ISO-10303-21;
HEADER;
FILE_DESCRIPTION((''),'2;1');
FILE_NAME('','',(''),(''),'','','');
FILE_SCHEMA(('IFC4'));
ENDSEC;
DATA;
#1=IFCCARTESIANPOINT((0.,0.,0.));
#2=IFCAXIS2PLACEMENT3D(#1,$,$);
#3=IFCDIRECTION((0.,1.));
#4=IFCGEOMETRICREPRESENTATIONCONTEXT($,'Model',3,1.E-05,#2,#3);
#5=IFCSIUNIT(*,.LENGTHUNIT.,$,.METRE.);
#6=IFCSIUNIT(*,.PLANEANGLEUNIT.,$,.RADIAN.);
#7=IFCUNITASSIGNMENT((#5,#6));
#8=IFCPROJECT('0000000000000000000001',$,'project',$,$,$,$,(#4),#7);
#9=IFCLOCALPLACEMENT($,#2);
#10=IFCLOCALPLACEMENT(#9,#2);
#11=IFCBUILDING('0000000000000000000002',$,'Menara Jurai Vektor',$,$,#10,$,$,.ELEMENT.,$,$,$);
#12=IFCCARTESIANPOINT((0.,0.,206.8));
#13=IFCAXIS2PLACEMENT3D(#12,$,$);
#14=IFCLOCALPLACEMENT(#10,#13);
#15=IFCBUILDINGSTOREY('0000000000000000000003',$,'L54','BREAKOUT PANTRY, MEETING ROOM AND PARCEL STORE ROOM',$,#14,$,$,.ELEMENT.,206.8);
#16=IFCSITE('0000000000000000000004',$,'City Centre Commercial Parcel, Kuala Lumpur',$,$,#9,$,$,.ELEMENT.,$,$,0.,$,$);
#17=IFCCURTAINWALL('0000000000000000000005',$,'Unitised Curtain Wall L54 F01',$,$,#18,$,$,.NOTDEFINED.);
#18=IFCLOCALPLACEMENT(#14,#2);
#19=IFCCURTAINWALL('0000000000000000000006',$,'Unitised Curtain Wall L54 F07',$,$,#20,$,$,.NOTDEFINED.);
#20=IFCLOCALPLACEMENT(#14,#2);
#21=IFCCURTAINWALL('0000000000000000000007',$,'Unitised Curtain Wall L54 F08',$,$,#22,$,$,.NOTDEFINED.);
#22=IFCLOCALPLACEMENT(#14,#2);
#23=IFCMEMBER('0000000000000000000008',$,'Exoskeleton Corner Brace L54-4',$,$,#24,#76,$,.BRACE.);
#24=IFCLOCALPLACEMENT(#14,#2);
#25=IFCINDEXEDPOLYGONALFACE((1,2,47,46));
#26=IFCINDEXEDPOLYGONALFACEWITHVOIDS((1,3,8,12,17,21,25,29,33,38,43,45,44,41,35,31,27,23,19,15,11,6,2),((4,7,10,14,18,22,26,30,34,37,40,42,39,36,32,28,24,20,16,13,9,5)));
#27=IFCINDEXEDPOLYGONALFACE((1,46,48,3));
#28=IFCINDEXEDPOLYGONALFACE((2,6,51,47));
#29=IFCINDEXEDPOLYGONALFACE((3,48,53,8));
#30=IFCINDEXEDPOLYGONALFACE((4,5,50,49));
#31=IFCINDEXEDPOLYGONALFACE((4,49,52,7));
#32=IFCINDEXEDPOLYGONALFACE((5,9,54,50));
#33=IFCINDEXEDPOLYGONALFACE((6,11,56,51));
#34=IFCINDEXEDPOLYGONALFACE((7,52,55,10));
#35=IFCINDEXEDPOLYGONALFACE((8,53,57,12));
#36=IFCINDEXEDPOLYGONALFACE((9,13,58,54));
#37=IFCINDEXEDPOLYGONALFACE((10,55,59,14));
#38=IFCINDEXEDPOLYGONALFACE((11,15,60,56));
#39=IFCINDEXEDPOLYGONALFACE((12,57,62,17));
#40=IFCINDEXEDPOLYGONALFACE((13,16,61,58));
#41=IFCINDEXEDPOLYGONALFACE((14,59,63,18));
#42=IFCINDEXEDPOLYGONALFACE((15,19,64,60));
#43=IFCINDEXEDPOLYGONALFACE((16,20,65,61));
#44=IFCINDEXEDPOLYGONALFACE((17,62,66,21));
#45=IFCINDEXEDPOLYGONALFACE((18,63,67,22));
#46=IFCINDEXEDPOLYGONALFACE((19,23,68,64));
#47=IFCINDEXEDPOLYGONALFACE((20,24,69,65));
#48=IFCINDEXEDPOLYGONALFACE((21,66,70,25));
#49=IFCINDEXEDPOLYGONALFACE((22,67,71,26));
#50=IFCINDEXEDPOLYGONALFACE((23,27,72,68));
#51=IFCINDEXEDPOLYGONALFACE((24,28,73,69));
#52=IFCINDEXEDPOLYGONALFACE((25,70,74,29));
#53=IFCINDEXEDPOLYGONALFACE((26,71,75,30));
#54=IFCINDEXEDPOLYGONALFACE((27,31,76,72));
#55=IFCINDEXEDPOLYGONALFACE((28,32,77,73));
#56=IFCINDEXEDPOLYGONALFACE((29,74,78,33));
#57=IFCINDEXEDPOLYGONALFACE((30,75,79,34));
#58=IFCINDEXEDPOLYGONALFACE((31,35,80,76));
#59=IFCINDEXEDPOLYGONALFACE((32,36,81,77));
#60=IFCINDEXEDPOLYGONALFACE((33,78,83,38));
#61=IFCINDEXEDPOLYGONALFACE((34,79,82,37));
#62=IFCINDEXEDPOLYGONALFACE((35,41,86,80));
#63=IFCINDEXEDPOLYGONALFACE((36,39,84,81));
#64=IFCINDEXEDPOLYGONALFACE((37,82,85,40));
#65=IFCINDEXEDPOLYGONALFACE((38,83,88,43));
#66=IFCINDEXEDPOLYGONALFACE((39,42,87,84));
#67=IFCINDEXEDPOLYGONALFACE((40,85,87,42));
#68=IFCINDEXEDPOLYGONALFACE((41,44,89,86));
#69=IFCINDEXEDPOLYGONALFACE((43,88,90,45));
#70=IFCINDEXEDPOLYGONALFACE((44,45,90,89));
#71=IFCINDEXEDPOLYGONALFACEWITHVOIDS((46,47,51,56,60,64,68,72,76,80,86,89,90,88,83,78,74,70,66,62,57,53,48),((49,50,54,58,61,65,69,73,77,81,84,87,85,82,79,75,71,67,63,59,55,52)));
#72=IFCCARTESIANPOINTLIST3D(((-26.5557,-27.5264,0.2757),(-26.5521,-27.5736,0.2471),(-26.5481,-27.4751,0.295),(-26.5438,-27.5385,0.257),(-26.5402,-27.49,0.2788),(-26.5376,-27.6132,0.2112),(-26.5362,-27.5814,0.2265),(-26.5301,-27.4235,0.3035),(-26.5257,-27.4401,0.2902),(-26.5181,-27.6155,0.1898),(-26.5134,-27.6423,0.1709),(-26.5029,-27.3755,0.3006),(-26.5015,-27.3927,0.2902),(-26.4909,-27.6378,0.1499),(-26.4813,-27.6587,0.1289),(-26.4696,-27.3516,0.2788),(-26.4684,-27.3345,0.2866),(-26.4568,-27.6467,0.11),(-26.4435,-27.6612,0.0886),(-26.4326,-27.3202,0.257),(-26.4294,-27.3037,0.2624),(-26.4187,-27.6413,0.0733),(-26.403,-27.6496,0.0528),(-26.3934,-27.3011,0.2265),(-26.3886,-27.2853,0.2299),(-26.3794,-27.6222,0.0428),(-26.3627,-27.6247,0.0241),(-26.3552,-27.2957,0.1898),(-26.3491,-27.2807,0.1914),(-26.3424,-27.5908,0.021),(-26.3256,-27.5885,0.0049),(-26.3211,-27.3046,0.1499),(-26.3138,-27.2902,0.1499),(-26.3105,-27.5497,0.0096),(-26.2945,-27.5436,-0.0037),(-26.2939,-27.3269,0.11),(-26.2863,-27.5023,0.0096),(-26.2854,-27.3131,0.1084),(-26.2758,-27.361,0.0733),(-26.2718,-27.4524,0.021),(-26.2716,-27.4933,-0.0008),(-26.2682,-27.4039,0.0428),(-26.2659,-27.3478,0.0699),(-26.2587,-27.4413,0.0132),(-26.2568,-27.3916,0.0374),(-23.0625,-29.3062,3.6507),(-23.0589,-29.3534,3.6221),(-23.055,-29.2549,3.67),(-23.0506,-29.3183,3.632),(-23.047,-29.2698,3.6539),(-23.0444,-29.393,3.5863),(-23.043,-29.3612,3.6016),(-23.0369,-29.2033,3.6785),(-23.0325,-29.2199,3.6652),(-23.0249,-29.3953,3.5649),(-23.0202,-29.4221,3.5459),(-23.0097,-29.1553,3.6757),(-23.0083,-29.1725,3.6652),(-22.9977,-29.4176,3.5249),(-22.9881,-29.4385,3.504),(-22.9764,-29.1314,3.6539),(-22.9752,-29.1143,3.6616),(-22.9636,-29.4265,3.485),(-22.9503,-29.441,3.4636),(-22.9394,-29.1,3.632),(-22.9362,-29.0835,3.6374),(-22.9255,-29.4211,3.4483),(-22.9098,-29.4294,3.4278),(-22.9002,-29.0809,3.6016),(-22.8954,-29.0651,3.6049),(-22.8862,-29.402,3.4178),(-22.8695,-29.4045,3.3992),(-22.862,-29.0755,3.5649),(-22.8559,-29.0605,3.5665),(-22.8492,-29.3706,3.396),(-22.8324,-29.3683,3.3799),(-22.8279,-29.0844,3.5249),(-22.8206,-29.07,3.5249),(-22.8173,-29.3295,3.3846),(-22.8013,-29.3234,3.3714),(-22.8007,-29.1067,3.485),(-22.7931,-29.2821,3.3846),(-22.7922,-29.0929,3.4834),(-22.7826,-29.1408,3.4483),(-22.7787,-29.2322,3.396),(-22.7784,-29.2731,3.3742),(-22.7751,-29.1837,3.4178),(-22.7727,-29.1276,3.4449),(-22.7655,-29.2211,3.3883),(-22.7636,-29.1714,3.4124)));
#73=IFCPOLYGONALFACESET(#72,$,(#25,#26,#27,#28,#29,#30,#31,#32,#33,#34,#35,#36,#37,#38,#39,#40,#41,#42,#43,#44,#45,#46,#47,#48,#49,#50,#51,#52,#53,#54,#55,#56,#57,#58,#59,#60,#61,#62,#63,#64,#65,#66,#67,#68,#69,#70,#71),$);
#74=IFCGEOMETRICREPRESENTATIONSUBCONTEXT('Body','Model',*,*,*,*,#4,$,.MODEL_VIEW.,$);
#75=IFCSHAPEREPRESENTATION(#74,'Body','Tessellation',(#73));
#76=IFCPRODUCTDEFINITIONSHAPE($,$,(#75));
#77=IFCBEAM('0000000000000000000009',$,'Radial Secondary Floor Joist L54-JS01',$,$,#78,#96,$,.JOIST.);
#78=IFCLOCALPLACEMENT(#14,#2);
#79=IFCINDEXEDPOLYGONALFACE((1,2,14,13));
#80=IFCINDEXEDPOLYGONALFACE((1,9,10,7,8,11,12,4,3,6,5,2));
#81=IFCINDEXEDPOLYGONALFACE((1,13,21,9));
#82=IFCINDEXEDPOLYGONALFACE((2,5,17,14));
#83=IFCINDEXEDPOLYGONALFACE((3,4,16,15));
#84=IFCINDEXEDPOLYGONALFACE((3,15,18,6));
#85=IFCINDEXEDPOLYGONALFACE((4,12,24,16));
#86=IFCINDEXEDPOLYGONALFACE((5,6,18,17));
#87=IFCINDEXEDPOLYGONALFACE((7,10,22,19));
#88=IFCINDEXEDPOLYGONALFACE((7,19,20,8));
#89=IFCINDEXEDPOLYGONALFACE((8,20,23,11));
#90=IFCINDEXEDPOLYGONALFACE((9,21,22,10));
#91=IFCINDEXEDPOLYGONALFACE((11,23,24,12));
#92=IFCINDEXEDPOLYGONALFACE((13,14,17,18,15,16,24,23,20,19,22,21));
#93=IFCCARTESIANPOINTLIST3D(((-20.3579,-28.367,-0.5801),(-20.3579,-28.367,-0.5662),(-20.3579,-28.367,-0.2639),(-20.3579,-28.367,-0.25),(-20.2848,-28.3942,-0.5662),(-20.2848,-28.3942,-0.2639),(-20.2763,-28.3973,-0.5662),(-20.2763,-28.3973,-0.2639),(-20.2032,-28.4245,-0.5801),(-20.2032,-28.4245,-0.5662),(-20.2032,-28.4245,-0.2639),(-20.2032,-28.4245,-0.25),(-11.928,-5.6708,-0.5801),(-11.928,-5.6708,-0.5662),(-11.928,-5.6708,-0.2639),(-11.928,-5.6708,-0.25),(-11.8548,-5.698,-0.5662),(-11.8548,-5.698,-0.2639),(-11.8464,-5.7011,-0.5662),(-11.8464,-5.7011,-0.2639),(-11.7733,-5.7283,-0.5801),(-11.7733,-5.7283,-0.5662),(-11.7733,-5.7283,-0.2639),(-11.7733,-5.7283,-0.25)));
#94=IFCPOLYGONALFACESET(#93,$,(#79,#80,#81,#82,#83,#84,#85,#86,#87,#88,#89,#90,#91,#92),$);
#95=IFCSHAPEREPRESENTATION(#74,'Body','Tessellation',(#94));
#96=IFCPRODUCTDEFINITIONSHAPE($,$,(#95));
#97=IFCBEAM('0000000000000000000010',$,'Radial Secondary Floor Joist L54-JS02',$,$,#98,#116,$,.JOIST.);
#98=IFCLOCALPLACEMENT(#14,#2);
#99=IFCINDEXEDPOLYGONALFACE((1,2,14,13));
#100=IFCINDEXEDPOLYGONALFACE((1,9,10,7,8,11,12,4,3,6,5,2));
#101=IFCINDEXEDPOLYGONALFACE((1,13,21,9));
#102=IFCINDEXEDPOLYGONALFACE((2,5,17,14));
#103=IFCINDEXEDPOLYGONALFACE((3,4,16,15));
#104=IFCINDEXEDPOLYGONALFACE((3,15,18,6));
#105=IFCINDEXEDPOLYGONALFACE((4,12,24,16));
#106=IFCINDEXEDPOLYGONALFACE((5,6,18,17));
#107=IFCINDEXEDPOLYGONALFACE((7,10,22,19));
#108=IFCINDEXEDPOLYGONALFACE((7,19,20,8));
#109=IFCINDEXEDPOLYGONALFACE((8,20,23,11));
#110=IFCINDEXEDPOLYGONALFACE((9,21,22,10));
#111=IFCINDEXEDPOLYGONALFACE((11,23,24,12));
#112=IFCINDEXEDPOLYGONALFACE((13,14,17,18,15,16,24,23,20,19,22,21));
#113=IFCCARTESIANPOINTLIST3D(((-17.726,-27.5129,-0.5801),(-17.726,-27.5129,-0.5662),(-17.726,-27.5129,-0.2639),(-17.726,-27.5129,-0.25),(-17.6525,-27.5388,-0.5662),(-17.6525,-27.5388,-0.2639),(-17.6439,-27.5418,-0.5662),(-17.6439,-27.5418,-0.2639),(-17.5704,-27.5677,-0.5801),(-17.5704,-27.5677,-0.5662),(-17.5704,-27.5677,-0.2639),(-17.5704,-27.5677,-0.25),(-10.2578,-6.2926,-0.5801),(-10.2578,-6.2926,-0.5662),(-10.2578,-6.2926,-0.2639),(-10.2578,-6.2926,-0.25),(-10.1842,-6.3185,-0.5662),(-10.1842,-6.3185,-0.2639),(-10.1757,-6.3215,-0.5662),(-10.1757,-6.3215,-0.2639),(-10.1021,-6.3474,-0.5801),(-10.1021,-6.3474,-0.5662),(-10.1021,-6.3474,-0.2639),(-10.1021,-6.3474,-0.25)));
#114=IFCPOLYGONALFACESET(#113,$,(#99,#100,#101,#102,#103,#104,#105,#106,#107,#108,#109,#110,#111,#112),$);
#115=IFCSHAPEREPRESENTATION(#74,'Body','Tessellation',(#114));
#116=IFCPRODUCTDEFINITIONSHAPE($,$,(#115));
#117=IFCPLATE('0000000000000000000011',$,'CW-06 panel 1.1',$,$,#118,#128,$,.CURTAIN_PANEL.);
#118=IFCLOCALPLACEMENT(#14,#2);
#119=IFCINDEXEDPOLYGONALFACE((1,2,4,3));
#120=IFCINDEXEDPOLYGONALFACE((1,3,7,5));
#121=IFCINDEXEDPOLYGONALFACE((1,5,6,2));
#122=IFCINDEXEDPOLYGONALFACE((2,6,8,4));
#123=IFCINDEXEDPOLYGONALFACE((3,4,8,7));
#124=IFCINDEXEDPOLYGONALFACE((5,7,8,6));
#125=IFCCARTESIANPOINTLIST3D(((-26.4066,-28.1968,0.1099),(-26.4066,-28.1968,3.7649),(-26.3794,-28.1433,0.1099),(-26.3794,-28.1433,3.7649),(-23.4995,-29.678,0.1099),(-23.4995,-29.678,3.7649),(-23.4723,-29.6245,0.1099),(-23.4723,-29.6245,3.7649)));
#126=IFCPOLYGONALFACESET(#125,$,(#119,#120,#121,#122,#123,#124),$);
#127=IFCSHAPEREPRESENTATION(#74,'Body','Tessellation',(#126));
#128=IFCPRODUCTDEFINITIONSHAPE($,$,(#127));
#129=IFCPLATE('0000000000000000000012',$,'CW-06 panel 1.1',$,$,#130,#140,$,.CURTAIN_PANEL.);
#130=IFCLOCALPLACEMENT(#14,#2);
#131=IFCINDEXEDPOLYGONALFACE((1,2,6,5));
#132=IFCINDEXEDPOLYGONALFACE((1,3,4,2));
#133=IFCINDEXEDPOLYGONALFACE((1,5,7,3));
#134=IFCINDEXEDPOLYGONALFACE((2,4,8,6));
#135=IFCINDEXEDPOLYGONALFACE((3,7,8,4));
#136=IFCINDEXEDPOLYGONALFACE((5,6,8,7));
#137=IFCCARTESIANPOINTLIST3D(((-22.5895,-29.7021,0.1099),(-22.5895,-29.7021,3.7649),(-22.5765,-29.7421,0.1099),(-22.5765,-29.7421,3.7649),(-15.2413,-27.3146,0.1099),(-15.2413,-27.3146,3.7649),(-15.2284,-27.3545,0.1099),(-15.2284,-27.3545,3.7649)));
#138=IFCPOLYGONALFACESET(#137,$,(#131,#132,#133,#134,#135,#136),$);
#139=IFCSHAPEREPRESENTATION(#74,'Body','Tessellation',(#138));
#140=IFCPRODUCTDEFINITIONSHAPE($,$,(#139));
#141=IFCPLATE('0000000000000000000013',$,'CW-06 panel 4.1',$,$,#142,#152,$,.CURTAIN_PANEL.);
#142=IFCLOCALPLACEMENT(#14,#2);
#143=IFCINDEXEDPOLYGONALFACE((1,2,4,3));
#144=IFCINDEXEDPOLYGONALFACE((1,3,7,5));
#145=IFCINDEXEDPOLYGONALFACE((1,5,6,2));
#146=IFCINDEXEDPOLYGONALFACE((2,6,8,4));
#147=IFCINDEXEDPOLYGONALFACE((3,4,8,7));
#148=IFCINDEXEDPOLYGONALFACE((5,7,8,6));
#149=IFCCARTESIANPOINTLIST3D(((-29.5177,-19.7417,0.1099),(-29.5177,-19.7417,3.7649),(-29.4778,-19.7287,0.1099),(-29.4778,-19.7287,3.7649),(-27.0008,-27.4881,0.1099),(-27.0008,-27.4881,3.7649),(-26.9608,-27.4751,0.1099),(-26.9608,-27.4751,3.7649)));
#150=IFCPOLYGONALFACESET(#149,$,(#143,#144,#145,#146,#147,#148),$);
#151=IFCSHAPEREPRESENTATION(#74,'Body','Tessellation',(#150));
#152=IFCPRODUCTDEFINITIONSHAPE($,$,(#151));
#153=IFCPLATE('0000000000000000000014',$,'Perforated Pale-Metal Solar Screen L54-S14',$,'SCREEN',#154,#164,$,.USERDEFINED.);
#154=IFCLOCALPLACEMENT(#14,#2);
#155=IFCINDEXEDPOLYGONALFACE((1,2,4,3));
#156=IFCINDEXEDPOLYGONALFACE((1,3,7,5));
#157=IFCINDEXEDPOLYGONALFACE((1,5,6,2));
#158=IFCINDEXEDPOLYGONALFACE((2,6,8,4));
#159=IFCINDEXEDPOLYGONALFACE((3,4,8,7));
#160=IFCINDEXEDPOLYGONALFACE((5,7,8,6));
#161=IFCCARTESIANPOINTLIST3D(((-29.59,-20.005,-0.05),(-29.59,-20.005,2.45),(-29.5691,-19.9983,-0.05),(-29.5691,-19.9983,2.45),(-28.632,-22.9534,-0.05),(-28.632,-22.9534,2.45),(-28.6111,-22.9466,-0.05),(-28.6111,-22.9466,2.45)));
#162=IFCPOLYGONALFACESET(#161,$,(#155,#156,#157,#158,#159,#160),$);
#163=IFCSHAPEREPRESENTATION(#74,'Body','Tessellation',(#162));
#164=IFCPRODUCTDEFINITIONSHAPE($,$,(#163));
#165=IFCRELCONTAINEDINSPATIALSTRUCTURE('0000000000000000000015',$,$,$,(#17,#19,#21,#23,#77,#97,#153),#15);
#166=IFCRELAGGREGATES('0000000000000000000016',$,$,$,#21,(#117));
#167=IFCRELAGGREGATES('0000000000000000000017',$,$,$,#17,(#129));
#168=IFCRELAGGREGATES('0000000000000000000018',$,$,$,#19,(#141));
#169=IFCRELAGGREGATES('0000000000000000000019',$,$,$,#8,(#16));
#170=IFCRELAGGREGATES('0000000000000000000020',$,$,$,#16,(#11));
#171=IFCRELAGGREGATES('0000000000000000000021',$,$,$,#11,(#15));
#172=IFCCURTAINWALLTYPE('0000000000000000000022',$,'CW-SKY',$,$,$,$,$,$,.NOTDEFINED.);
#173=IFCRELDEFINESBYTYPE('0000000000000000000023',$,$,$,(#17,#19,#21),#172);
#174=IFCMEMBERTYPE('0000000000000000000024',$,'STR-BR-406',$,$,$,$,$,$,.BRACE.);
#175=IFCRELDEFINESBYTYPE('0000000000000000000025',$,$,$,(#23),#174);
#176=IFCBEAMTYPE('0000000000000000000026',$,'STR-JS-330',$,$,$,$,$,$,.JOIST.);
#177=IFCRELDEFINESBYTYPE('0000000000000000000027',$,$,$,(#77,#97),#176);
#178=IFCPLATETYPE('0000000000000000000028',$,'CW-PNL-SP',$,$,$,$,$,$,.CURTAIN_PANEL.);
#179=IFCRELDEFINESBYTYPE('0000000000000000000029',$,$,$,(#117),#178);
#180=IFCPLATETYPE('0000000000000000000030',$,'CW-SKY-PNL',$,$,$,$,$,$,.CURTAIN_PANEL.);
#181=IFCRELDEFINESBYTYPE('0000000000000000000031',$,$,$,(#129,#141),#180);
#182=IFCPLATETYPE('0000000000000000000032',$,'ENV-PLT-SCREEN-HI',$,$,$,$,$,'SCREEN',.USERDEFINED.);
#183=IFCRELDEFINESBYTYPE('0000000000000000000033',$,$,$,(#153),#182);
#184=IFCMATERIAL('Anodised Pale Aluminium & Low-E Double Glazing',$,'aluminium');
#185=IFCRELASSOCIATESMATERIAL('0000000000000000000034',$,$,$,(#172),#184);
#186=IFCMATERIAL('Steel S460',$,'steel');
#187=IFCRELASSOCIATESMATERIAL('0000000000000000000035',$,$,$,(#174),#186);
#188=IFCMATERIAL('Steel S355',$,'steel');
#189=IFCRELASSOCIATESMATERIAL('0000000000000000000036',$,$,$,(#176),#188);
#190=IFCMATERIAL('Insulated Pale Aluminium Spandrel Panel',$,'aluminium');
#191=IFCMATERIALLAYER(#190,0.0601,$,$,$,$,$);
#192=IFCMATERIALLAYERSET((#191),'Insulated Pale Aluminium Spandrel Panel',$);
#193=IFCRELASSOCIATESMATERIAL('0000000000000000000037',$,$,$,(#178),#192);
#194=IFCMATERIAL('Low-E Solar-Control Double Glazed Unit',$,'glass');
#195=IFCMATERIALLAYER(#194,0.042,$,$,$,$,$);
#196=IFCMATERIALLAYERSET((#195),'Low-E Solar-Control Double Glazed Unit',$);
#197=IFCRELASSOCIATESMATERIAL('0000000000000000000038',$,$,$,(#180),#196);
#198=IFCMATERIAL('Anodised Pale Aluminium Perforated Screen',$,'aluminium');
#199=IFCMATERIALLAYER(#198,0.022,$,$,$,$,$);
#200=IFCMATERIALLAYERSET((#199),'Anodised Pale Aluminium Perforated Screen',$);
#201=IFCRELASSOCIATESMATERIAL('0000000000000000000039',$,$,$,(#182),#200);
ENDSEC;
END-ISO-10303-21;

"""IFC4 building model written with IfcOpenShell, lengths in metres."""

from ifc_helpers import new_model, si_unit, direction, frame, origin, origin_2d, place, context, subcontext, project, spatial, rectangle, hollow_circle, i_section, extrude, material, layer, layer_set, material_profile, profile_set, type_object, element, aggregate, save


model = new_model("IFC4")

# Units and contexts
model_context = context("Model", 3, precision=1e-05, world=origin(), true_north=direction((0.0, 1.0)))
body_context = subcontext(model_context, "Body", "Model", "MODEL_VIEW")
ifc_project = project(units=[si_unit("LENGTHUNIT", "METRE"), si_unit("PLANEANGLEUNIT", "RADIAN")], contexts=[model_context])

# Site, building, storey
site_placement = place(None, origin())
site = spatial("IfcSite", under=ifc_project, at=site_placement, Name="City Centre Commercial Parcel, Kuala Lumpur", CompositionType="ELEMENT", RefElevation=0.0)
building_placement = place(site_placement, origin())
building = spatial("IfcBuilding", under=site, at=building_placement, Name="Menara Jurai Vektor", CompositionType="ELEMENT")
storey_placement = place(building_placement, frame((0.0, 0.0, 206.8)))
storey = spatial("IfcBuildingStorey", under=building, at=storey_placement, Name="L54", Description="BREAKOUT PANTRY, MEETING ROOM AND PARCEL STORE ROOM", CompositionType="ELEMENT", Elevation=206.8)

# Shared definitions
ifc_material_1 = material(Name="Steel S460", Category="steel")

# Curtain walls
ifc_material_2 = material(Name="Anodised Pale Aluminium & Low-E Double Glazing", Category="aluminium")
curtain_wall_type = type_object("IfcCurtainWallType", Name="CW-SKY", PredefinedType="NOTDEFINED", material=ifc_material_2)
curtain_wall_1_placement = place(storey_placement, origin())
curtain_wall_1 = element("IfcCurtainWall", 1, at=curtain_wall_1_placement, inside=storey, type_object=curtain_wall_type, Name="Unitised Curtain Wall L54 F01", PredefinedType="NOTDEFINED")
curtain_wall_2_placement = place(storey_placement, origin())
curtain_wall_2 = element("IfcCurtainWall", 2, at=curtain_wall_2_placement, inside=storey, type_object=curtain_wall_type, Name="Unitised Curtain Wall L54 F07", PredefinedType="NOTDEFINED")

# Curtain wall
curtain_wall_3_placement = place(storey_placement, origin())
curtain_wall_3 = element("IfcCurtainWall", 3, at=curtain_wall_3_placement, inside=storey, type_object=curtain_wall_type, Name="Unitised Curtain Wall L54 F08", PredefinedType="NOTDEFINED")

# Shared definitions
ifc_material_3 = material(Name="Steel S355", Category="steel")

# Member
ifc_material_profile_1 = material_profile(ifc_material_1, hollow_circle(Radius=0.2031, WallThickness=0.0161, at=origin_2d()), Name="CHS 406.4x16")
ifc_profile_set_1 = profile_set([ifc_material_profile_1], Name="Steel S460")
member_type_1 = type_object("IfcMemberType", Name="STR-BR-406", PredefinedType="BRACE", material=ifc_profile_set_1)
member_1_placement = place(storey_placement, frame((-26.406, -27.4712, 0.1499), z_axis=(0.675262, -0.344049, 0.65242), x_axis=(0.453976, 0.891014, 0.0)))
element("IfcMember", 4, at=member_1_placement, inside=storey, type_object=member_type_1, Name="Exoskeleton Corner Brace L54-4", PredefinedType="BRACE", context=body_context, shape_type="SweptSolid", body=[
    extrude(hollow_circle(Radius=0.2031, WallThickness=0.0161, at=origin_2d()), origin(), (0.0, 0.0, 1.0), 5.1731),
])

# Beams
ifc_material_profile_2 = material_profile(ifc_material_3, i_section(OverallWidth=0.165, OverallDepth=0.3301, WebThickness=0.009, FlangeThickness=0.0139, at=origin_2d()), Name="PG 330x165x46")
ifc_profile_set_2 = profile_set([ifc_material_profile_2], Name="Steel S355")
beam_type_1 = type_object("IfcBeamType", Name="STR-JS-330", PredefinedType="JOIST", material=ifc_profile_set_2)
beam_1_placement = place(storey_placement, frame((-20.2805, -28.3958, -0.415), z_axis=(0.348182, 0.937427, 0.0), x_axis=(-0.937427, 0.348182, 0.0)))
element("IfcBeam", 5, at=beam_1_placement, inside=storey, type_object=beam_type_1, Name="Radial Secondary Floor Joist L54-JS01", PredefinedType="JOIST", context=body_context, shape_type="SweptSolid", body=[
    extrude(i_section(OverallWidth=0.165, OverallDepth=0.3301, WebThickness=0.009, FlangeThickness=0.0139, at=origin_2d()), origin(), (0.0, 0.0, 1.0), 24.2112),
])
beam_2_placement = place(storey_placement, frame((-17.6482, -27.5403, -0.415), z_axis=(0.331981, 0.943286, 0.0), x_axis=(-0.943286, 0.331981, 0.0)))
element("IfcBeam", 6, at=beam_2_placement, inside=storey, type_object=beam_type_1, Name="Radial Secondary Floor Joist L54-JS02", PredefinedType="JOIST", context=body_context, shape_type="SweptSolid", body=[
    extrude(i_section(OverallWidth=0.165, OverallDepth=0.3301, WebThickness=0.009, FlangeThickness=0.0139, at=origin_2d()), origin(), (0.0, 0.0, 1.0), 22.4961),
])

# Plates
ifc_material_4 = material(Name="Insulated Pale Aluminium Spandrel Panel", Category="aluminium")
ifc_layer_1 = layer(ifc_material_4, 0.0601)
ifc_layer_set_1 = layer_set([ifc_layer_1], Name="Insulated Pale Aluminium Spandrel Panel")
plate_type_1 = type_object("IfcPlateType", Name="CW-PNL-SP", PredefinedType="CURTAIN_PANEL", material=ifc_layer_set_1)
plate_1_placement = place(storey_placement, frame((-24.9395, -28.9106, 0.1099), z_axis=(0.0, 0.0, 1.0), x_axis=(0.891008, -0.453989, 0.0)))
plate_1 = element("IfcPlate", 7, at=plate_1_placement, type_object=plate_type_1, Name="CW-06 panel 1.1", PredefinedType="CURTAIN_PANEL", context=body_context, shape_type="SweptSolid", body=[
    extrude(rectangle(XDim=3.2627, YDim=0.0601, at=origin_2d()), origin(), (0.0, 0.0, 1.0), 3.655),
])
aggregate(curtain_wall_3, [plate_1])
ifc_material_5 = material(Name="Low-E Solar-Control Double Glazed Unit", Category="glass")
ifc_layer_2 = layer(ifc_material_5, 0.042)
ifc_layer_set_2 = layer_set([ifc_layer_2], Name="Low-E Solar-Control Double Glazed Unit")
plate_type_2 = type_object("IfcPlateType", Name="CW-SKY-PNL", PredefinedType="CURTAIN_PANEL", material=ifc_layer_set_2)
plate_2_placement = place(storey_placement, frame((-18.9089, -28.5283, 0.1099), z_axis=(0.0, 0.0, 1.0), x_axis=(0.951056, 0.309017, 0.0)))
plate_2 = element("IfcPlate", 8, at=plate_2_placement, type_object=plate_type_2, Name="CW-06 panel 1.1", PredefinedType="CURTAIN_PANEL", context=body_context, shape_type="SweptSolid", body=[
    extrude(rectangle(XDim=7.7263, YDim=0.042, at=origin_2d()), origin(), (0.0, 0.0, 1.0), 3.655),
])
aggregate(curtain_wall_1, [plate_2])
plate_3_placement = place(storey_placement, frame((-28.2393, -23.6084, 0.1099), z_axis=(0.0, 0.0, 1.0), x_axis=(0.309016, -0.951057, 0.0)))
plate_3 = element("IfcPlate", 9, at=plate_3_placement, type_object=plate_type_2, Name="CW-06 panel 4.1", PredefinedType="CURTAIN_PANEL", context=body_context, shape_type="SweptSolid", body=[
    extrude(rectangle(XDim=8.145, YDim=0.042, at=origin_2d()), origin(), (0.0, 0.0, 1.0), 3.655),
])
aggregate(curtain_wall_2, [plate_3])
ifc_material_6 = material(Name="Anodised Pale Aluminium Perforated Screen", Category="aluminium")
ifc_layer_3 = layer(ifc_material_6, 0.022)
ifc_layer_set_3 = layer_set([ifc_layer_3], Name="Anodised Pale Aluminium Perforated Screen")
plate_type_3 = type_object("IfcPlateType", Name="ENV-PLT-SCREEN-HI", ElementType="SCREEN", PredefinedType="USERDEFINED", material=ifc_layer_set_3)
plate_4_placement = place(storey_placement, frame((-29.1006, -21.4758, -0.05), z_axis=(0.0, 0.0, 1.0), x_axis=(0.309017, -0.951057, 0.0)))
element("IfcPlate", 10, at=plate_4_placement, inside=storey, type_object=plate_type_3, Name="Perforated Pale-Metal Solar Screen L54-S14", ObjectType="SCREEN", PredefinedType="USERDEFINED", context=body_context, shape_type="SweptSolid", body=[
    extrude(rectangle(XDim=3.1001, YDim=0.022, at=origin_2d()), origin(), (0.0, 0.0, 1.0), 2.5),
])

save(model, "model.ifc")
